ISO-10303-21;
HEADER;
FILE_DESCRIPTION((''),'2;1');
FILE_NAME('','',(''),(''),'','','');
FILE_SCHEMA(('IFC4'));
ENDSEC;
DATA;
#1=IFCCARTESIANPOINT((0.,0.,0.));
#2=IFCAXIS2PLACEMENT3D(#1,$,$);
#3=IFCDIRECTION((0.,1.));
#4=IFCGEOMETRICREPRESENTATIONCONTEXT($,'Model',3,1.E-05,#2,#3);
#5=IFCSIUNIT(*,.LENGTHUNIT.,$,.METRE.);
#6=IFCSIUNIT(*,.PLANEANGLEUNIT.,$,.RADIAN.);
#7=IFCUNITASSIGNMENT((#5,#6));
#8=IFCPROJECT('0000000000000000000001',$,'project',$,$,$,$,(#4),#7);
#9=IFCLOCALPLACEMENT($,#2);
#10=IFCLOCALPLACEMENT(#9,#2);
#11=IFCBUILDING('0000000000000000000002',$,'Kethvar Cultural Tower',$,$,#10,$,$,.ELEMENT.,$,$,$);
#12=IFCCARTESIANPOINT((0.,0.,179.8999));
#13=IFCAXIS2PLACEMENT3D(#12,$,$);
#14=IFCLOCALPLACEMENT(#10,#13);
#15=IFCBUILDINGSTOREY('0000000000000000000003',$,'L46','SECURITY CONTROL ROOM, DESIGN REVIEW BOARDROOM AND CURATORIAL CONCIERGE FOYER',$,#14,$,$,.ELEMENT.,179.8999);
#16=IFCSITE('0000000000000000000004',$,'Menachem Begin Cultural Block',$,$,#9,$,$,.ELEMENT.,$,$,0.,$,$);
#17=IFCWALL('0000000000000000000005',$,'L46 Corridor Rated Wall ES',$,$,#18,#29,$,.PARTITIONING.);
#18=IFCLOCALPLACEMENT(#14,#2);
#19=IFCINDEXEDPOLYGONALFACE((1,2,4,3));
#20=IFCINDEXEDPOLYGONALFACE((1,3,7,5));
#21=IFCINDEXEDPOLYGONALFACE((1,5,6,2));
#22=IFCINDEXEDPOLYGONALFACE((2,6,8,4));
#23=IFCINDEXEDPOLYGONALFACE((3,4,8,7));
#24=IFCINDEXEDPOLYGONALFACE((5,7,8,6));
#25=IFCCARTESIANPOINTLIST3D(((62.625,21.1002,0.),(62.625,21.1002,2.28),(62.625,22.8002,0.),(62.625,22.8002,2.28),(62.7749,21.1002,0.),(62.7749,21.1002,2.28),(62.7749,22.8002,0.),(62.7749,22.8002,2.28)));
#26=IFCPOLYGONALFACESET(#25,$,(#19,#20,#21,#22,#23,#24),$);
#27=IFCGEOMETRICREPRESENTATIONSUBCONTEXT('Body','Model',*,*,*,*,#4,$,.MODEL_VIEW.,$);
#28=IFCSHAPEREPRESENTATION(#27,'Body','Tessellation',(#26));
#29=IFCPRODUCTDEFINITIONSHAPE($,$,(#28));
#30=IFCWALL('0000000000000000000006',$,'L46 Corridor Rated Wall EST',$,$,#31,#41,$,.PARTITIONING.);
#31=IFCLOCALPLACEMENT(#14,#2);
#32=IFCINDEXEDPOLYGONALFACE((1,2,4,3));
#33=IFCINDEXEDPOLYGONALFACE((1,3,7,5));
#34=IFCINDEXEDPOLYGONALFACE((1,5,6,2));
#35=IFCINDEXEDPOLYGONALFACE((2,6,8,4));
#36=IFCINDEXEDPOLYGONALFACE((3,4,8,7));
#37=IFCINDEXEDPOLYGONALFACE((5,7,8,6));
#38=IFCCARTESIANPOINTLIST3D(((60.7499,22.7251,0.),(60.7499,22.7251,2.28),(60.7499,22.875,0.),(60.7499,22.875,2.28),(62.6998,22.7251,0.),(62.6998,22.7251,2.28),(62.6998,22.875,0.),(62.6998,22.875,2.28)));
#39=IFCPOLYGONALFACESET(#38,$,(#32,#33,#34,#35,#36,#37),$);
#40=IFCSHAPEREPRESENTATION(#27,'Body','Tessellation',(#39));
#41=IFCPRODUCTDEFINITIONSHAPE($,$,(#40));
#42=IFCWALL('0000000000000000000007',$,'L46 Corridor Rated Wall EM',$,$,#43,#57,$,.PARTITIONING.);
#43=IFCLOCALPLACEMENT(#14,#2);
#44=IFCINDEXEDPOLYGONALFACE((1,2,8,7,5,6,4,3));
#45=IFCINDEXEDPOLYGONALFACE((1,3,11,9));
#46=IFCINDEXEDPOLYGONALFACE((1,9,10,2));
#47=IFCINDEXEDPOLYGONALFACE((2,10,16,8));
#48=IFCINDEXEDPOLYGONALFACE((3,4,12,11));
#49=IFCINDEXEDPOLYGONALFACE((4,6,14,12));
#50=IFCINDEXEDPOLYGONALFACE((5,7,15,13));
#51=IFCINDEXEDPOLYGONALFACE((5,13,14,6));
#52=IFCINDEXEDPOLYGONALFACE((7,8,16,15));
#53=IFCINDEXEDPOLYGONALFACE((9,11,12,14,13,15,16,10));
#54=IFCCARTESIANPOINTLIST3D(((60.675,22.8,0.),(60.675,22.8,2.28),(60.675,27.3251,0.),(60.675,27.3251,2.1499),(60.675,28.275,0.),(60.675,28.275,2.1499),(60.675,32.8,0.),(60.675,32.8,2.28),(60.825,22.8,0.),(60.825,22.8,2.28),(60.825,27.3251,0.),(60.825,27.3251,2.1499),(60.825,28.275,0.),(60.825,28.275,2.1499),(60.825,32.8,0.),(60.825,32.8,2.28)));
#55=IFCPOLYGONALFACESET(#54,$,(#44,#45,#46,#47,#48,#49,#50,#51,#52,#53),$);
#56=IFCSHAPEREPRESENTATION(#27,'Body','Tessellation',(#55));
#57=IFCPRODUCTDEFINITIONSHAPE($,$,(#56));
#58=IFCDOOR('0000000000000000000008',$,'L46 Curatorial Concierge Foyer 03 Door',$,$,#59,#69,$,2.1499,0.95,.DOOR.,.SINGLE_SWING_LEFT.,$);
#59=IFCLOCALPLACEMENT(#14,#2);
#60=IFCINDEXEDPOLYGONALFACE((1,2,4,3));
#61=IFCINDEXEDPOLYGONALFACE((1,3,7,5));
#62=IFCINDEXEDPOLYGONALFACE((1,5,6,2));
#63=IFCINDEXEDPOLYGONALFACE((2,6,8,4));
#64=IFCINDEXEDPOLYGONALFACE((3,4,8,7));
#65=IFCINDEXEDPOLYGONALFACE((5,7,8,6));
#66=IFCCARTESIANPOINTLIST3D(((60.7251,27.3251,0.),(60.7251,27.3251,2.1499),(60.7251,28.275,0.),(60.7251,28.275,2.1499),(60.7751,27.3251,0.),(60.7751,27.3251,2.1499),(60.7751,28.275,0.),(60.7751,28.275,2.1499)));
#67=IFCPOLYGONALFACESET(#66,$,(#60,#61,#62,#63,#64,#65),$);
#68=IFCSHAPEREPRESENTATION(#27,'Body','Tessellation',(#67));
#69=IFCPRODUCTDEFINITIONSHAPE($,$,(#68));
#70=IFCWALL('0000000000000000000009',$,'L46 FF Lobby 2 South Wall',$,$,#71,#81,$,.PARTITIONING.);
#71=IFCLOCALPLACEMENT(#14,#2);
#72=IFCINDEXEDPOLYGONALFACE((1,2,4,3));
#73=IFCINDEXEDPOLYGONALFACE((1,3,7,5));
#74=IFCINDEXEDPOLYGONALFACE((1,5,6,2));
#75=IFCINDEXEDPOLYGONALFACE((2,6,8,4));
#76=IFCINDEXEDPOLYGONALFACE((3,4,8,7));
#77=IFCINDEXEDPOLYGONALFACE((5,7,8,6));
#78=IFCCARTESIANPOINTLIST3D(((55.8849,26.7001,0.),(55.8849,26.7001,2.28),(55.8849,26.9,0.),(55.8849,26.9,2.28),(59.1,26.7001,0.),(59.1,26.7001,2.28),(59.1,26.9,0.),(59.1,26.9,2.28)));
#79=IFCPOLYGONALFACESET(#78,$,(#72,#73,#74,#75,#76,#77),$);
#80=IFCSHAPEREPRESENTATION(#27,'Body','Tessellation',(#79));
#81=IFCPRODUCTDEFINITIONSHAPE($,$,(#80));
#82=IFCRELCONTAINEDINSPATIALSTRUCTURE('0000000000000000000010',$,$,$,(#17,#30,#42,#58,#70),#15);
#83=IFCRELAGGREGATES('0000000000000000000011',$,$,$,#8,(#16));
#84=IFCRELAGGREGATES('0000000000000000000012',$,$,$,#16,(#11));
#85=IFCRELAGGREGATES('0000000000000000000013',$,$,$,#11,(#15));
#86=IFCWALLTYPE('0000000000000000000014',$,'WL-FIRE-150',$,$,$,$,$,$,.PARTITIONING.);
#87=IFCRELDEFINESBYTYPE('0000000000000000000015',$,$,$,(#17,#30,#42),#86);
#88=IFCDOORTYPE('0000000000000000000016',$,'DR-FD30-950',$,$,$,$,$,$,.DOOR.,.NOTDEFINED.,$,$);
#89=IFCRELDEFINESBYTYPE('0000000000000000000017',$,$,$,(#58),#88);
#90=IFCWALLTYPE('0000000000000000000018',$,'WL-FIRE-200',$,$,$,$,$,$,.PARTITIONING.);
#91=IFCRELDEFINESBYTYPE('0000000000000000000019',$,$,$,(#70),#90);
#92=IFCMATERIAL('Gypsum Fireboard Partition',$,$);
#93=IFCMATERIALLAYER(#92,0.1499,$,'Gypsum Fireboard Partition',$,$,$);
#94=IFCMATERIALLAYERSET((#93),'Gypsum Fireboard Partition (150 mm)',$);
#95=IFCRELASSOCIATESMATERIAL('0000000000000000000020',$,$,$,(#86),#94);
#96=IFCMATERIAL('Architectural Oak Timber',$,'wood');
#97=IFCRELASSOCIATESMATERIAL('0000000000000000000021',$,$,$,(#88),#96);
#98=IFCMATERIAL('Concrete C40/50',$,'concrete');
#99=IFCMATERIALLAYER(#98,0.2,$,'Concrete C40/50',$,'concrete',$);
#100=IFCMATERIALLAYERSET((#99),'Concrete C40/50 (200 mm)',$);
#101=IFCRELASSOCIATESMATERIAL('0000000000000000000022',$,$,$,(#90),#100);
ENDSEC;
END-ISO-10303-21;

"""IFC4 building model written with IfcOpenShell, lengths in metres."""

from ifc_helpers import new_model, si_unit, direction, frame, frame_2d, origin, place, context, subcontext, project, spatial, rectangle, extrude, source, transform, mapped, material, layer, layer_set, type_object, element, fill, save


model = new_model("IFC4")

# Units and contexts
model_context = context("Model", 3, precision=1e-05, world=origin(), true_north=direction((0.0, 1.0)))
body_context = subcontext(model_context, "Body", "Model", "MODEL_VIEW")
ifc_project = project(units=[si_unit("LENGTHUNIT", "METRE"), si_unit("PLANEANGLEUNIT", "RADIAN")], contexts=[model_context])

# Site, building, storey
site_placement = place(None, origin())
site = spatial("IfcSite", under=ifc_project, at=site_placement, Name="Menachem Begin Cultural Block", CompositionType="ELEMENT", RefElevation=0.0)
building_placement = place(site_placement, origin())
building = spatial("IfcBuilding", under=site, at=building_placement, Name="Kethvar Cultural Tower", CompositionType="ELEMENT")
storey_placement = place(building_placement, frame((0.0, 0.0, 179.8999)))
storey = spatial("IfcBuildingStorey", under=building, at=storey_placement, Name="L46", Description="SECURITY CONTROL ROOM, DESIGN REVIEW BOARDROOM AND CURATORIAL CONCIERGE FOYER", CompositionType="ELEMENT", Elevation=179.8999)

# Walls
ifc_material_1 = material(Name="Gypsum Fireboard Partition")
ifc_layer_1 = layer(ifc_material_1, 0.1499, Name="Gypsum Fireboard Partition")
ifc_layer_set_1 = layer_set([ifc_layer_1], Name="Gypsum Fireboard Partition (150 mm)")
wall_type_1 = type_object("IfcWallType", Name="WL-FIRE-150", PredefinedType="PARTITIONING", material=ifc_layer_set_1)
wall_1_placement = place(storey_placement, frame((62.7, 21.1001, 0.0), z_axis=(0.0, 0.0, 1.0), x_axis=(0.0, 1.0, 0.0)))
element("IfcWall", 1, at=wall_1_placement, inside=storey, type_object=wall_type_1, Name="L46 Corridor Rated Wall ES", PredefinedType="PARTITIONING", context=body_context, shape_type="SweptSolid", body=[
    extrude(rectangle(XDim=1.7, YDim=0.1499, at=frame_2d((0.8501, 0.0))), origin(), (0.0, 0.0, 1.0), 2.28),
])
wall_2_placement = place(storey_placement, frame((62.7, 22.8, 0.0), z_axis=(0.0, 0.0, 1.0), x_axis=(-1.0, 0.0, 0.0)))
element("IfcWall", 2, at=wall_2_placement, inside=storey, type_object=wall_type_1, Name="L46 Corridor Rated Wall EST", PredefinedType="PARTITIONING", context=body_context, shape_type="SweptSolid", body=[
    extrude(rectangle(XDim=1.95, YDim=0.1499, at=frame_2d((0.9751, 0.0))), origin(), (0.0, 0.0, 1.0), 2.28),
])

# Wall, opening, door
wall_3_placement = place(storey_placement, frame((60.75, 22.8, 0.0), z_axis=(0.0, 0.0, 1.0), x_axis=(0.0, 1.0, 0.0)))
wall_3 = element("IfcWall", 3, at=wall_3_placement, inside=storey, type_object=wall_type_1, Name="L46 Corridor Rated Wall EM", PredefinedType="PARTITIONING", context=body_context, shape_type="SweptSolid", body=[
    extrude(rectangle(XDim=10.0, YDim=0.1499, at=frame_2d((5.0, 0.0))), origin(), (0.0, 0.0, 1.0), 2.28),
])
opening_1_placement = place(wall_3_placement, frame((4.5249, 0.0, 0.0)))
opening_1 = element("IfcOpeningElement", 4, at=opening_1_placement, cuts=wall_3, PredefinedType="OPENING", context=body_context, shape_type="SweptSolid", body=[
    extrude(rectangle(XDim=0.95, YDim=2.1499, at=frame_2d((0.4751, 1.075))), frame((0.0, 0.085, 0.0), z_axis=(0.0, -1.0, 0.0), x_axis=(1.0, 0.0, 0.0)), (0.0, 0.0, 1.0), 0.1699),
])
ifc_material_2 = material(Name="Architectural Oak Timber", Category="wood")
door_type_1 = type_object("IfcDoorType", Name="DR-FD30-950", OperationType="NOTDEFINED", PredefinedType="DOOR", material=ifc_material_2)
shared_shape_1 = source(origin(), body_context, "Body", "SweptSolid", [
    extrude(rectangle(XDim=0.95, YDim=2.1499, at=frame_2d((0.4751, 1.075))), frame((0.0, 0.0249, 0.0), z_axis=(0.0, -1.0, 0.0), x_axis=(1.0, 0.0, 0.0)), (0.0, 0.0, 1.0), 0.05),
])
door_1_placement = place(opening_1_placement, origin())
door_1 = element("IfcDoor", 5, at=door_1_placement, inside=storey, type_object=door_type_1, Name="L46 Curatorial Concierge Foyer 03 Door", OperationType="SINGLE_SWING_LEFT", OverallHeight=2.1499, OverallWidth=0.95, PredefinedType="DOOR", context=body_context, shape_type="MappedRepresentation", body=[
    mapped(shared_shape_1, transform((0.0, 0.0, 0.0), scale=1.0)),
])
fill(opening_1, door_1)
ifc_material_3 = material(Name="Concrete C40/50", Category="concrete")
ifc_layer_2 = layer(ifc_material_3, 0.2, Name="Concrete C40/50", Category="concrete")
ifc_layer_set_2 = layer_set([ifc_layer_2], Name="Concrete C40/50 (200 mm)")
wall_type_2 = type_object("IfcWallType", Name="WL-FIRE-200", PredefinedType="PARTITIONING", material=ifc_layer_set_2)

# Wall
wall_4_placement = place(storey_placement, frame((55.885, 26.8, 0.0), z_axis=(0.0, 0.0, 1.0), x_axis=(1.0, 0.0, 0.0)))
element("IfcWall", 6, at=wall_4_placement, inside=storey, type_object=wall_type_2, Name="L46 FF Lobby 2 South Wall", PredefinedType="PARTITIONING", context=body_context, shape_type="SweptSolid", body=[
    extrude(rectangle(XDim=3.2151, YDim=0.2, at=frame_2d((1.6074, 0.0))), origin(), (0.0, 0.0, 1.0), 2.28),
])

save(model, "model.ifc")
